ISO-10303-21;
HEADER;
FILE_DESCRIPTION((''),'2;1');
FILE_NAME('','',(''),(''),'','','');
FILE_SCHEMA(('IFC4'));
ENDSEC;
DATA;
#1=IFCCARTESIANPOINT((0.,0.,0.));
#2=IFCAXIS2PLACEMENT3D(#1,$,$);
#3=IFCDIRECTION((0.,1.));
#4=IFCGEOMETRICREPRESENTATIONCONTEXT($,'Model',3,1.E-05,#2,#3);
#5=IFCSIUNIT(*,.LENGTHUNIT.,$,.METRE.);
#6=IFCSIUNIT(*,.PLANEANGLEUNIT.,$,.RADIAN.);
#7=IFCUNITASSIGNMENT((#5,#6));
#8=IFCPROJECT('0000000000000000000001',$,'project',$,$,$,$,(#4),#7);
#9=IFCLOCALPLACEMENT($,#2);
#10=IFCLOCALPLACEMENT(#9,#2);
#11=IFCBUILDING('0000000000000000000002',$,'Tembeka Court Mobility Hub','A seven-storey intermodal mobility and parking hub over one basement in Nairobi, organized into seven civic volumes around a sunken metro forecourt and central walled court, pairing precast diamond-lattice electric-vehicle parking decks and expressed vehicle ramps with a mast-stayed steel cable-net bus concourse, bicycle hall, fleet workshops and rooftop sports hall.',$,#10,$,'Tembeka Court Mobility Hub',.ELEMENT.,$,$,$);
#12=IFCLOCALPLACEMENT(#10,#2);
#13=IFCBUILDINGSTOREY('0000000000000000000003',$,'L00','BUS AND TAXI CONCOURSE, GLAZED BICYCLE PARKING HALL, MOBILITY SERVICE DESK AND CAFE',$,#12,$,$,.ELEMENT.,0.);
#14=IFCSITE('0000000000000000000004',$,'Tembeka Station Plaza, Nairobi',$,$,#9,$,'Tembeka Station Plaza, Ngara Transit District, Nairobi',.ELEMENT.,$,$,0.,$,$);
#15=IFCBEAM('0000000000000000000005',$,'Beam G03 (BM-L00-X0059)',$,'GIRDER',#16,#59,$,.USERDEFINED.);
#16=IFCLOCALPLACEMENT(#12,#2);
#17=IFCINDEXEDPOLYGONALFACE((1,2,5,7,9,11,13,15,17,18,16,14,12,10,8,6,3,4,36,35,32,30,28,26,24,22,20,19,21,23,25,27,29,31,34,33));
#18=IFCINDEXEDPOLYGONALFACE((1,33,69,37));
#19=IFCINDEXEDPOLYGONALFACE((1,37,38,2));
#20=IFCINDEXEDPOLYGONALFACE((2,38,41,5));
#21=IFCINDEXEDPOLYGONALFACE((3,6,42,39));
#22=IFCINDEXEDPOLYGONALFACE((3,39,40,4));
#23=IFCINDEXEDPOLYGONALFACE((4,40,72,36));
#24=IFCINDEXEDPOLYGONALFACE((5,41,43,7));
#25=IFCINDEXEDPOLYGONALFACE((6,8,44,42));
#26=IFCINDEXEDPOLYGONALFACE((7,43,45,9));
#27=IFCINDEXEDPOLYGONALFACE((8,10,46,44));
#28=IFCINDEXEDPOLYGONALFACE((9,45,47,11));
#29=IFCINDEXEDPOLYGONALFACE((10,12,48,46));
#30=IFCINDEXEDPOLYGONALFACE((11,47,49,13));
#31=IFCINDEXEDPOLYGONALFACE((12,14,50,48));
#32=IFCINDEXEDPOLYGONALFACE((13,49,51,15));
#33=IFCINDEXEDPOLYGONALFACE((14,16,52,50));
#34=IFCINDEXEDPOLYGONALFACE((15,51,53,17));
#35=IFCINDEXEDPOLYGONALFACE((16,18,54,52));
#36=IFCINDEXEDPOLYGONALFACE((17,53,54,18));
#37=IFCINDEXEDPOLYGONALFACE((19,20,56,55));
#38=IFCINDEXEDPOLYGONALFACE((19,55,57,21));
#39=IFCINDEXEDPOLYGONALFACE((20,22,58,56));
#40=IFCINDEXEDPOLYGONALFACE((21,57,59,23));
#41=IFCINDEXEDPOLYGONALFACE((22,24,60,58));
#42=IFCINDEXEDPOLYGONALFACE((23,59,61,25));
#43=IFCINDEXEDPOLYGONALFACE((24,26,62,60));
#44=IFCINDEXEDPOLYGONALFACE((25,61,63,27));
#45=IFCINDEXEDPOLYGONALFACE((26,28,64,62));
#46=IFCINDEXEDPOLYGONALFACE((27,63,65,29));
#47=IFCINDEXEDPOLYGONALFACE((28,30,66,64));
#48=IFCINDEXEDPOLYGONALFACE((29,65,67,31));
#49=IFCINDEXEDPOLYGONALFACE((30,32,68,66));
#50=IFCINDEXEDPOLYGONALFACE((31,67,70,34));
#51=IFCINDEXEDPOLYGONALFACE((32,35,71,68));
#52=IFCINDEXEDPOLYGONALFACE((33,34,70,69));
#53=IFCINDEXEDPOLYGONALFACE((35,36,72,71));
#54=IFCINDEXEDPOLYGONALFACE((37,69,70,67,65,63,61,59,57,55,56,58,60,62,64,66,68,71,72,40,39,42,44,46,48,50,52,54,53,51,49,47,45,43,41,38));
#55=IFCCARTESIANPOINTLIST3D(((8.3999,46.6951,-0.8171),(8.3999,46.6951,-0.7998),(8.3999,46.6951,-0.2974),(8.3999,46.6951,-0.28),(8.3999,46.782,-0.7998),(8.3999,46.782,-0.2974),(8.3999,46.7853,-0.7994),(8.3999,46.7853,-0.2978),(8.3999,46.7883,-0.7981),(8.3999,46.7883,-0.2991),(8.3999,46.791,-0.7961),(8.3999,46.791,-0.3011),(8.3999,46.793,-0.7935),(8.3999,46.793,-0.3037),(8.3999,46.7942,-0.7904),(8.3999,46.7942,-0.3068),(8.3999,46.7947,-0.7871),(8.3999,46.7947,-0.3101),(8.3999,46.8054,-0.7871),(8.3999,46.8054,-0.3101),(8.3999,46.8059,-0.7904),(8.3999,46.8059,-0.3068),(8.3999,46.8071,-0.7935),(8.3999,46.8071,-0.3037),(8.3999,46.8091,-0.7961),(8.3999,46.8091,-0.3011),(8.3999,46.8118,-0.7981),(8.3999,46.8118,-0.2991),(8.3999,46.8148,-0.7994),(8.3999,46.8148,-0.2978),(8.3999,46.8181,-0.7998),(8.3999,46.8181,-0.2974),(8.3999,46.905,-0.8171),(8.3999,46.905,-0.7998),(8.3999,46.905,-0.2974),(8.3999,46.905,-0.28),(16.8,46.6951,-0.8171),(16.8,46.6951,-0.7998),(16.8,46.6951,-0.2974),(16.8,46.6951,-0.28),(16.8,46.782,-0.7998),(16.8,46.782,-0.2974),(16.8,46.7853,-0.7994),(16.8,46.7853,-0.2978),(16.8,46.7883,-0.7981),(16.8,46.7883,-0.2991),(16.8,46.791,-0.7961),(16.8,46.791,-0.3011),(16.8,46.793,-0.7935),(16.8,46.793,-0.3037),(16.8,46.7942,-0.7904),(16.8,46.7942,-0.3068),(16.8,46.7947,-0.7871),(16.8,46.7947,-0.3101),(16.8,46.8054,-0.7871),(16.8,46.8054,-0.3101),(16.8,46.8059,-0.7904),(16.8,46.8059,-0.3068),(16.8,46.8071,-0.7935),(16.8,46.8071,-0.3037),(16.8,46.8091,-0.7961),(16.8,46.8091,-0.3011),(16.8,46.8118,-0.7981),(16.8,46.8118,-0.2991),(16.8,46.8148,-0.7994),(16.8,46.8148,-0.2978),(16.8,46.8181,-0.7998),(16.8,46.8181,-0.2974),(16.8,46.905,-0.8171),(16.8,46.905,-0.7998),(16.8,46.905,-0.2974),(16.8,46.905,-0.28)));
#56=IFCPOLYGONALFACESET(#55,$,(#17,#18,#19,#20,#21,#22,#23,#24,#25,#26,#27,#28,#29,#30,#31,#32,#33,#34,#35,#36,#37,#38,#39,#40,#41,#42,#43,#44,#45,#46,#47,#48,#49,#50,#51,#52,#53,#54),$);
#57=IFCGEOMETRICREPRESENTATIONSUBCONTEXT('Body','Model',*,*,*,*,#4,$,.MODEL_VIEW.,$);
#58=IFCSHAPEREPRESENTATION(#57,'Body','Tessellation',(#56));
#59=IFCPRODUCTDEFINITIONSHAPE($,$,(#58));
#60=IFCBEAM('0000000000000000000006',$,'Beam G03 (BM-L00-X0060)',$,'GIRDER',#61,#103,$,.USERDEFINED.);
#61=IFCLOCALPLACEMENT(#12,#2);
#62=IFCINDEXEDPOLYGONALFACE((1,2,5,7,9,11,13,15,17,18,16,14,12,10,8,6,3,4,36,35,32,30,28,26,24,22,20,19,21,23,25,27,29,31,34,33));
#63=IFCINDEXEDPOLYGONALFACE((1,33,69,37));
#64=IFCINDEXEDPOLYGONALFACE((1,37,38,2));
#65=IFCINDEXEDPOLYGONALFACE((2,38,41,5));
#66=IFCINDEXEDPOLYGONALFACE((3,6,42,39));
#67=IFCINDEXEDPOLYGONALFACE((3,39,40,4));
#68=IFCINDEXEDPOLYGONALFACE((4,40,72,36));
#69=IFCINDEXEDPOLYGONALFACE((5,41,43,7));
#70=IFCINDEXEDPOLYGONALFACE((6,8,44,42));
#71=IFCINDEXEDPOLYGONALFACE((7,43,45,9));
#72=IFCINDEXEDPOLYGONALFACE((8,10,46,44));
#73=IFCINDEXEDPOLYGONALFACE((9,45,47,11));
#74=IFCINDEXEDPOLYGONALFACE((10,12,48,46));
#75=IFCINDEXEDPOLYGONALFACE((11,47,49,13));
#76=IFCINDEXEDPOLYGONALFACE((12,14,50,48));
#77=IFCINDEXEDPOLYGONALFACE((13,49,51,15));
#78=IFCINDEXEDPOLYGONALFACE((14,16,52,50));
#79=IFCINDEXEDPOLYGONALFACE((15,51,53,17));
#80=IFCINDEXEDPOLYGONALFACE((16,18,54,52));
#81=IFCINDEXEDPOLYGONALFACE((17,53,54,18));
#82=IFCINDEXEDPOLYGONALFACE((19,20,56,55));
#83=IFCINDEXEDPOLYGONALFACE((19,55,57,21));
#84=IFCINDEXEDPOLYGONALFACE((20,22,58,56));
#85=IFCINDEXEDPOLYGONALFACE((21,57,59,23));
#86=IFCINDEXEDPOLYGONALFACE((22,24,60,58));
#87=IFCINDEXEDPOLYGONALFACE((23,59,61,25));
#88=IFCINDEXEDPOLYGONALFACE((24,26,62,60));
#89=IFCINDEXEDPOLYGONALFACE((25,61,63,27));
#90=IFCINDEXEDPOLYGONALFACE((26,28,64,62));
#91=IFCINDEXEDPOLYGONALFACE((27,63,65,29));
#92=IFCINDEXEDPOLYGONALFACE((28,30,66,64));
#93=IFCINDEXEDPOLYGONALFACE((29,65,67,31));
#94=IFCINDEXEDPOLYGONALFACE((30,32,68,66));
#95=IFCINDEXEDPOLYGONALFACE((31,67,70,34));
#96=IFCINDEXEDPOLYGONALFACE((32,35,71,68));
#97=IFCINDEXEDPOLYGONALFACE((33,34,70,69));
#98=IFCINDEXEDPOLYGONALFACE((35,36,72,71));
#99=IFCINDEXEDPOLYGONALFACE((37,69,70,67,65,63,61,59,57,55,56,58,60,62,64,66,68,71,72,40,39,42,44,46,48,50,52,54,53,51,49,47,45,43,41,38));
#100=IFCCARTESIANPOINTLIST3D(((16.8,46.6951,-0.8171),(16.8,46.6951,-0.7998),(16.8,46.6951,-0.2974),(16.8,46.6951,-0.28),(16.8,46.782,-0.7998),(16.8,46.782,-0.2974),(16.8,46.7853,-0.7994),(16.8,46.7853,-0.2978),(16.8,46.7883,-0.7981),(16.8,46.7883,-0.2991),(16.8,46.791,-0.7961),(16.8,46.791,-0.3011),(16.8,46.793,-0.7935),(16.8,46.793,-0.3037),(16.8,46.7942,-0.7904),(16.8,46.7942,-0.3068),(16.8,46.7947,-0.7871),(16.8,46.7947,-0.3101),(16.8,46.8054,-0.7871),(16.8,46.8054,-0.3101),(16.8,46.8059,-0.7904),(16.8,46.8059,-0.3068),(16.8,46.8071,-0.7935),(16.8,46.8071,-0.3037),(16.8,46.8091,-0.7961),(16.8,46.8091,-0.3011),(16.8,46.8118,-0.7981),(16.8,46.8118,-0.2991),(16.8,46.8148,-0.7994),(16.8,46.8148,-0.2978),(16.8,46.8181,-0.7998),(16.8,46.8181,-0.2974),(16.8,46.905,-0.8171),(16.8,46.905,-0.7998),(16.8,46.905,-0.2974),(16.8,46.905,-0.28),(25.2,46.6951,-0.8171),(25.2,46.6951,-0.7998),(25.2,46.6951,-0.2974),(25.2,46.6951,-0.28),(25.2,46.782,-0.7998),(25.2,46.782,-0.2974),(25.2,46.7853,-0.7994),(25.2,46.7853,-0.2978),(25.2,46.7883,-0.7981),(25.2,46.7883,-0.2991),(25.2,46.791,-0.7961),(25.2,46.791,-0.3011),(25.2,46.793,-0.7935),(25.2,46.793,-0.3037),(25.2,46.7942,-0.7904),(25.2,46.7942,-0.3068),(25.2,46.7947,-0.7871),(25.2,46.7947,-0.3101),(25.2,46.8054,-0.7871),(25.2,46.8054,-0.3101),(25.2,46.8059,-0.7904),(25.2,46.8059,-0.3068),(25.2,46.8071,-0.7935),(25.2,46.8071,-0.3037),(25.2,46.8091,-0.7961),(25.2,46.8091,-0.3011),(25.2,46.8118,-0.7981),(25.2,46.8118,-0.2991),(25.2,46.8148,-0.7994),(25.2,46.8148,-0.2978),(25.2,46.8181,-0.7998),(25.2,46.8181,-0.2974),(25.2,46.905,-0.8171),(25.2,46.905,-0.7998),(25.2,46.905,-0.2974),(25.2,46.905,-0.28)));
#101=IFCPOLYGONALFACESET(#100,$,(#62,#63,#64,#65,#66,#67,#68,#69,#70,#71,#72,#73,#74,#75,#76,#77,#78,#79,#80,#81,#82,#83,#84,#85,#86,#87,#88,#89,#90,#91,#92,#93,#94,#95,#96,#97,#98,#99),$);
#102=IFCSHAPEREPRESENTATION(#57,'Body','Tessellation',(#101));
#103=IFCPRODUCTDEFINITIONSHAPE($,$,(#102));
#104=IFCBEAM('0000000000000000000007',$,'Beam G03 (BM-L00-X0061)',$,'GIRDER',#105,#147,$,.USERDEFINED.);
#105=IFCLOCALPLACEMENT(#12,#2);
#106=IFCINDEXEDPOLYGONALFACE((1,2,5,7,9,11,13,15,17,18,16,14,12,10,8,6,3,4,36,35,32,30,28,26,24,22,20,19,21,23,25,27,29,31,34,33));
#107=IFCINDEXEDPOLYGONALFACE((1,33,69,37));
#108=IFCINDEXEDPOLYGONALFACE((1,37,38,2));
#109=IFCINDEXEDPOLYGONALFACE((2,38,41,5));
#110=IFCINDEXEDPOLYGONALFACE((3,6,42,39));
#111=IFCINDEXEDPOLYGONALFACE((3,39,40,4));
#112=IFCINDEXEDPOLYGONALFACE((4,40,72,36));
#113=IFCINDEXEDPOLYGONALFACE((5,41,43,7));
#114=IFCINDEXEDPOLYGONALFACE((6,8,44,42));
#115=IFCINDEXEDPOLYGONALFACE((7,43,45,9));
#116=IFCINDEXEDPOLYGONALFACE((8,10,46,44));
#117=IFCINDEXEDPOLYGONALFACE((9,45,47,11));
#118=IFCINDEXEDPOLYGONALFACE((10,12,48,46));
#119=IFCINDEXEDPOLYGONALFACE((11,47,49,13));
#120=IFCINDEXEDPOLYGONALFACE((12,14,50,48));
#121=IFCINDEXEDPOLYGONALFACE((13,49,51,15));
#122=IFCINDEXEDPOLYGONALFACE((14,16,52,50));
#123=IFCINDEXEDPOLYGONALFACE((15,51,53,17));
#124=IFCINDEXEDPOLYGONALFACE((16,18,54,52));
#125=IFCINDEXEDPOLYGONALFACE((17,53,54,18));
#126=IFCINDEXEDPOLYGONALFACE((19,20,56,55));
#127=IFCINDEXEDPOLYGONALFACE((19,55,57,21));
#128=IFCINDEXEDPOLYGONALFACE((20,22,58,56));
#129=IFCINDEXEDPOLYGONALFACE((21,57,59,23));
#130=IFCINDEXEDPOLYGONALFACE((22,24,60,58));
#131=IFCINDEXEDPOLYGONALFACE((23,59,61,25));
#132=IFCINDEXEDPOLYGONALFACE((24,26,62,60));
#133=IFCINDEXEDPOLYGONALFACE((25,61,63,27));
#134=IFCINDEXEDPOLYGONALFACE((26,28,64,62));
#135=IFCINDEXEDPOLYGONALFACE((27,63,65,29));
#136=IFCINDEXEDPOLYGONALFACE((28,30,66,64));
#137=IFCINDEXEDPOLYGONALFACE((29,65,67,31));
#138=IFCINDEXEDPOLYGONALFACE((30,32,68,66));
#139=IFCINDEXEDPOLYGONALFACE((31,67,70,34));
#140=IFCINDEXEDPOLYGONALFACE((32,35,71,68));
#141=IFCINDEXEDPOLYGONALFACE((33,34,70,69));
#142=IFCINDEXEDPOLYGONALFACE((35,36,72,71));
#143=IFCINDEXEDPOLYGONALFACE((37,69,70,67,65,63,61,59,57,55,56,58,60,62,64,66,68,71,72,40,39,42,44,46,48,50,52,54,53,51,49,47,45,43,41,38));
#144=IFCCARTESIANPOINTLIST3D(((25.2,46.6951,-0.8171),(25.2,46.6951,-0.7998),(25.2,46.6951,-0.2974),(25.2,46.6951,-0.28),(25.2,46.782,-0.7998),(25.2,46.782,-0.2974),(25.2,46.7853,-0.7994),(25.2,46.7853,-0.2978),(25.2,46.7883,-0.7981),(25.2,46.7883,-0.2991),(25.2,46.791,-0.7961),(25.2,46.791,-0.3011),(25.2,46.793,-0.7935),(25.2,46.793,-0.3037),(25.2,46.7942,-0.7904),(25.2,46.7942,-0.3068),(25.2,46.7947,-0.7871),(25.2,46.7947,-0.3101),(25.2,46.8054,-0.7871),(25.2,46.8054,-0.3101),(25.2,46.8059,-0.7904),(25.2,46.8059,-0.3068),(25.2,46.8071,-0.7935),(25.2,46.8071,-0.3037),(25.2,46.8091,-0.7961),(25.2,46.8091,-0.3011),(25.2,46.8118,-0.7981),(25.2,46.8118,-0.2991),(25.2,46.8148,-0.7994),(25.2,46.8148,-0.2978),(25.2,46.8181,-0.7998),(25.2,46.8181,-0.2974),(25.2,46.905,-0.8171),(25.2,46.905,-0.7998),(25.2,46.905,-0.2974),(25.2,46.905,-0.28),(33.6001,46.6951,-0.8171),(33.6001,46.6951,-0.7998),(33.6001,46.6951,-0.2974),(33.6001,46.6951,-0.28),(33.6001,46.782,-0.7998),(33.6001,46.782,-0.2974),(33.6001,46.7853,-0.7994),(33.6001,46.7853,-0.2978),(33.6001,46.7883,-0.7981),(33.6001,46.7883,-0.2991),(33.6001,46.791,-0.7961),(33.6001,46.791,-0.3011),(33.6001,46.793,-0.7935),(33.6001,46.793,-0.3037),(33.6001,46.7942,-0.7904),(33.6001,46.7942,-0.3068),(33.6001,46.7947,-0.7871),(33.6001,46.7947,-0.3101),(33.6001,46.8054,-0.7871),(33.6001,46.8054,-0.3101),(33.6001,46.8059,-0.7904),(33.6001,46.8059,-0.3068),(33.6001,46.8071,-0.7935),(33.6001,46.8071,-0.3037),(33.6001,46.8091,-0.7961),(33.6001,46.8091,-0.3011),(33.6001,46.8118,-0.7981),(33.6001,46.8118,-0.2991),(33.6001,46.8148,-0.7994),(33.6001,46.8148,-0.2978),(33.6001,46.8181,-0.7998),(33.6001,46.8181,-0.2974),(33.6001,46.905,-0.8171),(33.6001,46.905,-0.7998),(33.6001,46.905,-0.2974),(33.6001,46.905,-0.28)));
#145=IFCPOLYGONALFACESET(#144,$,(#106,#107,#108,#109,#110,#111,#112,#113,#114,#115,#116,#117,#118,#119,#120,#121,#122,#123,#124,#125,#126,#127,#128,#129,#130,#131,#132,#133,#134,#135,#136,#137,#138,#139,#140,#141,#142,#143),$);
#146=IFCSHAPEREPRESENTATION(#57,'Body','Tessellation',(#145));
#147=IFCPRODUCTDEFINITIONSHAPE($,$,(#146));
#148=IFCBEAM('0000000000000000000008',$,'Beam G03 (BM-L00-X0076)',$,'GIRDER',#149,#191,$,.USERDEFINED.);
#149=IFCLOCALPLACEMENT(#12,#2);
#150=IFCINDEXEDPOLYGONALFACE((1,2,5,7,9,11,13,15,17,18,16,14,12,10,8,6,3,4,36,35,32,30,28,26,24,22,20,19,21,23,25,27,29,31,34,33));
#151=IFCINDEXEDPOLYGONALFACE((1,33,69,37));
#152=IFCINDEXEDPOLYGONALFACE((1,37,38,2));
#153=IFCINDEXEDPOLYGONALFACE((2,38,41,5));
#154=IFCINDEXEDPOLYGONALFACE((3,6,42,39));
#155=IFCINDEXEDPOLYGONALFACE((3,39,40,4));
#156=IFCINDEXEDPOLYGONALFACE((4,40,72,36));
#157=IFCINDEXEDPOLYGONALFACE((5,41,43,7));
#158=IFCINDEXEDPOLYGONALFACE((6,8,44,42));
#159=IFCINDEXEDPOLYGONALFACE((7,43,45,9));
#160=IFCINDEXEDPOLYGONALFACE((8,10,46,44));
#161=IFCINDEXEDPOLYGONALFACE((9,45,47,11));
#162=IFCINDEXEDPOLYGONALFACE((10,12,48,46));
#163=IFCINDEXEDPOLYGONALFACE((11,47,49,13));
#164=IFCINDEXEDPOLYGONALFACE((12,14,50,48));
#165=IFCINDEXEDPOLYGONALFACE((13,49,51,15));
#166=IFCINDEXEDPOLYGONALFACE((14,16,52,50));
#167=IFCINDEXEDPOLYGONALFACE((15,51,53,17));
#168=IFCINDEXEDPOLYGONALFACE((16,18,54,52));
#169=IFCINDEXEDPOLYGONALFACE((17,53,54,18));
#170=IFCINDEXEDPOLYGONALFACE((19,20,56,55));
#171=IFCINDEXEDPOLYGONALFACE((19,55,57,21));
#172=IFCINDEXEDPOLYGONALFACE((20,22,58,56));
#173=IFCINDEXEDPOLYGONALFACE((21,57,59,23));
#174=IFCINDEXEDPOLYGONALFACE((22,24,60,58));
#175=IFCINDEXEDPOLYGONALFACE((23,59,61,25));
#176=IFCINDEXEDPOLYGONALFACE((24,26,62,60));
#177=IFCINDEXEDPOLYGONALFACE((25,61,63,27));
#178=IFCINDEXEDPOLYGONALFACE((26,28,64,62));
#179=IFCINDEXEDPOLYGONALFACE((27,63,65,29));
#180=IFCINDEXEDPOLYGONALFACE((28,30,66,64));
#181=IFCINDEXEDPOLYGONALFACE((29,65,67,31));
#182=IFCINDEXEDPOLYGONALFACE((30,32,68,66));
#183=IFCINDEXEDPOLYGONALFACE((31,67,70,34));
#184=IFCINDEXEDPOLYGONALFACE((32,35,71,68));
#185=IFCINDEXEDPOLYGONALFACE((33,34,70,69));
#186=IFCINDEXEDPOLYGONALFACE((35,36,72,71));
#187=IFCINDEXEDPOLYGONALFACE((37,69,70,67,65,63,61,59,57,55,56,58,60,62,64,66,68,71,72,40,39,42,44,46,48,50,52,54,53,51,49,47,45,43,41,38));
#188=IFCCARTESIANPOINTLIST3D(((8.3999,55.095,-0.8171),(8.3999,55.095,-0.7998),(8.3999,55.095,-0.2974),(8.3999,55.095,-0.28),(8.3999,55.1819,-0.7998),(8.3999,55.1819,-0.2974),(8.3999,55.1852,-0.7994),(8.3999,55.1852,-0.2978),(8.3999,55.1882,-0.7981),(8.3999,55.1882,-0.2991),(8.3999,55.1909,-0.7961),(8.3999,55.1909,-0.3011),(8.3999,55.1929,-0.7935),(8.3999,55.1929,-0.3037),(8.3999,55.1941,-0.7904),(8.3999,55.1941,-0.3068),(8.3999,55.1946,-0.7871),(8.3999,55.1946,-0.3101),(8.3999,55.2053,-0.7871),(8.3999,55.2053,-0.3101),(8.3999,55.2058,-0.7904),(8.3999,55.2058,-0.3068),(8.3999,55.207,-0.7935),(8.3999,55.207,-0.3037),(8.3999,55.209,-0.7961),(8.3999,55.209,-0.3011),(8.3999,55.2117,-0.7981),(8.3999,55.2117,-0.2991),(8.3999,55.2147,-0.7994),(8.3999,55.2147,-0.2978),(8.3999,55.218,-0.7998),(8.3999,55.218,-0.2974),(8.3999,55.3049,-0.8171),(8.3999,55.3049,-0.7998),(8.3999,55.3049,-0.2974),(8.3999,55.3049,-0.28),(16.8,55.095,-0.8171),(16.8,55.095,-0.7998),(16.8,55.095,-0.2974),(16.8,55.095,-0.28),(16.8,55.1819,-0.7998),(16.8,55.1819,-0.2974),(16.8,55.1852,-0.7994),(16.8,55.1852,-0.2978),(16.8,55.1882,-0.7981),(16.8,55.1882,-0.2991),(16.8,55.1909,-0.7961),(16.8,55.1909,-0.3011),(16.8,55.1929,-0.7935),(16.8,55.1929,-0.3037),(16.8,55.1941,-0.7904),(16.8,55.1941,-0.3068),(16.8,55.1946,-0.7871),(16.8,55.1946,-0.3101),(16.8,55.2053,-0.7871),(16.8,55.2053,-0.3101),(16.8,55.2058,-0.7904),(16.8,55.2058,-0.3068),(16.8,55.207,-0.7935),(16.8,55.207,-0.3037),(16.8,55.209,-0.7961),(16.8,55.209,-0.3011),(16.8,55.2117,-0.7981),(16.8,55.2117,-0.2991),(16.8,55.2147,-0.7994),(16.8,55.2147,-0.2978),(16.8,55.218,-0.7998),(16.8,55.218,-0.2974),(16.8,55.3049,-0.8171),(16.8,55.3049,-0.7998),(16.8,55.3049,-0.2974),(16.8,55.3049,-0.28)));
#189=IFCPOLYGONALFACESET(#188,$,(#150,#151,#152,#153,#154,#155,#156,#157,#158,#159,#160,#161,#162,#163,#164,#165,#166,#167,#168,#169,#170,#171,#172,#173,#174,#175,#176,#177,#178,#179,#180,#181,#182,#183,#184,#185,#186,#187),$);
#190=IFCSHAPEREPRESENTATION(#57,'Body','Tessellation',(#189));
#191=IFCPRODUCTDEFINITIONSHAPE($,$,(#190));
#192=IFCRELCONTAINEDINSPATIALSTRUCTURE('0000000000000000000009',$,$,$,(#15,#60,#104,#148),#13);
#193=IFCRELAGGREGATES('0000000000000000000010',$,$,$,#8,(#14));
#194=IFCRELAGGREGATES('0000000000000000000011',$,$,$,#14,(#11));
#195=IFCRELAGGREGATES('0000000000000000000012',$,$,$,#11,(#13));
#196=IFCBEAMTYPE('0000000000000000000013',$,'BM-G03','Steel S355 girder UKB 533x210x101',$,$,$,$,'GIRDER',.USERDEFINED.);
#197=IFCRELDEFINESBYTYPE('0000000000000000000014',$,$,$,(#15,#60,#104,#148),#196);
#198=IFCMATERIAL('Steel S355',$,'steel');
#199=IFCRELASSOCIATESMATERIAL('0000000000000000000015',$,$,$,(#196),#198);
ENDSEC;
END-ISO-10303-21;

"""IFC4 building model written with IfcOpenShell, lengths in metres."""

from ifc_helpers import new_model, si_unit, direction, frame, origin, origin_2d, place, context, subcontext, project, spatial, i_section, extrude, material, material_profile, profile_set, type_object, element, save


model = new_model("IFC4")

# Units and contexts
model_context = context("Model", 3, precision=1e-05, world=origin(), true_north=direction((0.0, 1.0)))
body_context = subcontext(model_context, "Body", "Model", "MODEL_VIEW")
ifc_project = project(units=[si_unit("LENGTHUNIT", "METRE"), si_unit("PLANEANGLEUNIT", "RADIAN")], contexts=[model_context])

# Site, building, storey
site_placement = place(None, origin())
site = spatial("IfcSite", under=ifc_project, at=site_placement, Name="Tembeka Station Plaza, Nairobi", LongName="Tembeka Station Plaza, Ngara Transit District, Nairobi", CompositionType="ELEMENT", RefElevation=0.0)
building_placement = place(site_placement, origin())
building = spatial("IfcBuilding", under=site, at=building_placement, Name="Tembeka Court Mobility Hub", Description="A seven-storey intermodal mobility and parking hub over one basement in Nairobi, organized into seven civic volumes around a sunken metro forecourt and central walled court, pairing precast diamond-lattice electric-vehicle parking decks and expressed vehicle ramps with a mast-stayed steel cable-net bus concourse, bicycle hall, fleet workshops and rooftop sports hall.", LongName="Tembeka Court Mobility Hub", CompositionType="ELEMENT")
storey_placement = place(building_placement, origin())
storey = spatial("IfcBuildingStorey", under=building, at=storey_placement, Name="L00", Description="BUS AND TAXI CONCOURSE, GLAZED BICYCLE PARKING HALL, MOBILITY SERVICE DESK AND CAFE", CompositionType="ELEMENT", Elevation=0.0)

# Shared definitions
ifc_material_1 = material(Name="Steel S355", Category="steel")

# Beams
ifc_material_profile_1 = material_profile(ifc_material_1, i_section(OverallWidth=0.21, OverallDepth=0.5371, WebThickness=0.0107, FlangeThickness=0.0173, FilletRadius=0.0127, at=origin_2d()), Name="UKB 533x210x101")
ifc_profile_set_1 = profile_set([ifc_material_profile_1], Name="Steel S355")
beam_type_1 = type_object("IfcBeamType", Name="BM-G03", Description="Steel S355 girder UKB 533x210x101", ElementType="GIRDER", PredefinedType="USERDEFINED", material=ifc_profile_set_1)
beam_1_placement = place(storey_placement, frame((8.3999, 46.8, -0.5486), z_axis=(1.0, 0.0, 0.0), x_axis=(0.0, 1.0, 0.0)))
element("IfcBeam", 1, at=beam_1_placement, inside=storey, type_object=beam_type_1, Name="Beam G03 (BM-L00-X0059)", ObjectType="GIRDER", PredefinedType="USERDEFINED", context=body_context, shape_type="SweptSolid", body=[
    extrude(i_section(OverallWidth=0.21, OverallDepth=0.5371, WebThickness=0.0107, FlangeThickness=0.0173, FilletRadius=0.0127, at=origin_2d()), origin(), (0.0, 0.0, 1.0), 8.4001),
])
beam_2_placement = place(storey_placement, frame((16.8, 46.8, -0.5486), z_axis=(1.0, 0.0, 0.0), x_axis=(0.0, 1.0, 0.0)))
element("IfcBeam", 2, at=beam_2_placement, inside=storey, type_object=beam_type_1, Name="Beam G03 (BM-L00-X0060)", ObjectType="GIRDER", PredefinedType="USERDEFINED", context=body_context, shape_type="SweptSolid", body=[
    extrude(i_section(OverallWidth=0.21, OverallDepth=0.5371, WebThickness=0.0107, FlangeThickness=0.0173, FilletRadius=0.0127, at=origin_2d()), origin(), (0.0, 0.0, 1.0), 8.3999),
])
for number, where, z_axis, x_axis, name in (
    (3, (25.2, 46.8, -0.5486), (1.0, 0.0, 0.0), (0.0, 1.0, 0.0), "Beam G03 (BM-L00-X0061)"),
    (4, (8.3999, 55.2, -0.5486), (1.0, 0.0, 0.0), (0.0, 1.0, 0.0), "Beam G03 (BM-L00-X0076)"),
):
    element("IfcBeam", number, at=place(storey_placement, frame(where, z_axis=z_axis, x_axis=x_axis)), inside=storey, type_object=beam_type_1, Name=name, ObjectType="GIRDER", PredefinedType="USERDEFINED", context=body_context, shape_type="SweptSolid", body=[
        extrude(i_section(OverallWidth=0.21, OverallDepth=0.5371, WebThickness=0.0107, FlangeThickness=0.0173, FilletRadius=0.0127, at=origin_2d()), origin(), (0.0, 0.0, 1.0), 8.4001),
    ])

save(model, "model.ifc")
